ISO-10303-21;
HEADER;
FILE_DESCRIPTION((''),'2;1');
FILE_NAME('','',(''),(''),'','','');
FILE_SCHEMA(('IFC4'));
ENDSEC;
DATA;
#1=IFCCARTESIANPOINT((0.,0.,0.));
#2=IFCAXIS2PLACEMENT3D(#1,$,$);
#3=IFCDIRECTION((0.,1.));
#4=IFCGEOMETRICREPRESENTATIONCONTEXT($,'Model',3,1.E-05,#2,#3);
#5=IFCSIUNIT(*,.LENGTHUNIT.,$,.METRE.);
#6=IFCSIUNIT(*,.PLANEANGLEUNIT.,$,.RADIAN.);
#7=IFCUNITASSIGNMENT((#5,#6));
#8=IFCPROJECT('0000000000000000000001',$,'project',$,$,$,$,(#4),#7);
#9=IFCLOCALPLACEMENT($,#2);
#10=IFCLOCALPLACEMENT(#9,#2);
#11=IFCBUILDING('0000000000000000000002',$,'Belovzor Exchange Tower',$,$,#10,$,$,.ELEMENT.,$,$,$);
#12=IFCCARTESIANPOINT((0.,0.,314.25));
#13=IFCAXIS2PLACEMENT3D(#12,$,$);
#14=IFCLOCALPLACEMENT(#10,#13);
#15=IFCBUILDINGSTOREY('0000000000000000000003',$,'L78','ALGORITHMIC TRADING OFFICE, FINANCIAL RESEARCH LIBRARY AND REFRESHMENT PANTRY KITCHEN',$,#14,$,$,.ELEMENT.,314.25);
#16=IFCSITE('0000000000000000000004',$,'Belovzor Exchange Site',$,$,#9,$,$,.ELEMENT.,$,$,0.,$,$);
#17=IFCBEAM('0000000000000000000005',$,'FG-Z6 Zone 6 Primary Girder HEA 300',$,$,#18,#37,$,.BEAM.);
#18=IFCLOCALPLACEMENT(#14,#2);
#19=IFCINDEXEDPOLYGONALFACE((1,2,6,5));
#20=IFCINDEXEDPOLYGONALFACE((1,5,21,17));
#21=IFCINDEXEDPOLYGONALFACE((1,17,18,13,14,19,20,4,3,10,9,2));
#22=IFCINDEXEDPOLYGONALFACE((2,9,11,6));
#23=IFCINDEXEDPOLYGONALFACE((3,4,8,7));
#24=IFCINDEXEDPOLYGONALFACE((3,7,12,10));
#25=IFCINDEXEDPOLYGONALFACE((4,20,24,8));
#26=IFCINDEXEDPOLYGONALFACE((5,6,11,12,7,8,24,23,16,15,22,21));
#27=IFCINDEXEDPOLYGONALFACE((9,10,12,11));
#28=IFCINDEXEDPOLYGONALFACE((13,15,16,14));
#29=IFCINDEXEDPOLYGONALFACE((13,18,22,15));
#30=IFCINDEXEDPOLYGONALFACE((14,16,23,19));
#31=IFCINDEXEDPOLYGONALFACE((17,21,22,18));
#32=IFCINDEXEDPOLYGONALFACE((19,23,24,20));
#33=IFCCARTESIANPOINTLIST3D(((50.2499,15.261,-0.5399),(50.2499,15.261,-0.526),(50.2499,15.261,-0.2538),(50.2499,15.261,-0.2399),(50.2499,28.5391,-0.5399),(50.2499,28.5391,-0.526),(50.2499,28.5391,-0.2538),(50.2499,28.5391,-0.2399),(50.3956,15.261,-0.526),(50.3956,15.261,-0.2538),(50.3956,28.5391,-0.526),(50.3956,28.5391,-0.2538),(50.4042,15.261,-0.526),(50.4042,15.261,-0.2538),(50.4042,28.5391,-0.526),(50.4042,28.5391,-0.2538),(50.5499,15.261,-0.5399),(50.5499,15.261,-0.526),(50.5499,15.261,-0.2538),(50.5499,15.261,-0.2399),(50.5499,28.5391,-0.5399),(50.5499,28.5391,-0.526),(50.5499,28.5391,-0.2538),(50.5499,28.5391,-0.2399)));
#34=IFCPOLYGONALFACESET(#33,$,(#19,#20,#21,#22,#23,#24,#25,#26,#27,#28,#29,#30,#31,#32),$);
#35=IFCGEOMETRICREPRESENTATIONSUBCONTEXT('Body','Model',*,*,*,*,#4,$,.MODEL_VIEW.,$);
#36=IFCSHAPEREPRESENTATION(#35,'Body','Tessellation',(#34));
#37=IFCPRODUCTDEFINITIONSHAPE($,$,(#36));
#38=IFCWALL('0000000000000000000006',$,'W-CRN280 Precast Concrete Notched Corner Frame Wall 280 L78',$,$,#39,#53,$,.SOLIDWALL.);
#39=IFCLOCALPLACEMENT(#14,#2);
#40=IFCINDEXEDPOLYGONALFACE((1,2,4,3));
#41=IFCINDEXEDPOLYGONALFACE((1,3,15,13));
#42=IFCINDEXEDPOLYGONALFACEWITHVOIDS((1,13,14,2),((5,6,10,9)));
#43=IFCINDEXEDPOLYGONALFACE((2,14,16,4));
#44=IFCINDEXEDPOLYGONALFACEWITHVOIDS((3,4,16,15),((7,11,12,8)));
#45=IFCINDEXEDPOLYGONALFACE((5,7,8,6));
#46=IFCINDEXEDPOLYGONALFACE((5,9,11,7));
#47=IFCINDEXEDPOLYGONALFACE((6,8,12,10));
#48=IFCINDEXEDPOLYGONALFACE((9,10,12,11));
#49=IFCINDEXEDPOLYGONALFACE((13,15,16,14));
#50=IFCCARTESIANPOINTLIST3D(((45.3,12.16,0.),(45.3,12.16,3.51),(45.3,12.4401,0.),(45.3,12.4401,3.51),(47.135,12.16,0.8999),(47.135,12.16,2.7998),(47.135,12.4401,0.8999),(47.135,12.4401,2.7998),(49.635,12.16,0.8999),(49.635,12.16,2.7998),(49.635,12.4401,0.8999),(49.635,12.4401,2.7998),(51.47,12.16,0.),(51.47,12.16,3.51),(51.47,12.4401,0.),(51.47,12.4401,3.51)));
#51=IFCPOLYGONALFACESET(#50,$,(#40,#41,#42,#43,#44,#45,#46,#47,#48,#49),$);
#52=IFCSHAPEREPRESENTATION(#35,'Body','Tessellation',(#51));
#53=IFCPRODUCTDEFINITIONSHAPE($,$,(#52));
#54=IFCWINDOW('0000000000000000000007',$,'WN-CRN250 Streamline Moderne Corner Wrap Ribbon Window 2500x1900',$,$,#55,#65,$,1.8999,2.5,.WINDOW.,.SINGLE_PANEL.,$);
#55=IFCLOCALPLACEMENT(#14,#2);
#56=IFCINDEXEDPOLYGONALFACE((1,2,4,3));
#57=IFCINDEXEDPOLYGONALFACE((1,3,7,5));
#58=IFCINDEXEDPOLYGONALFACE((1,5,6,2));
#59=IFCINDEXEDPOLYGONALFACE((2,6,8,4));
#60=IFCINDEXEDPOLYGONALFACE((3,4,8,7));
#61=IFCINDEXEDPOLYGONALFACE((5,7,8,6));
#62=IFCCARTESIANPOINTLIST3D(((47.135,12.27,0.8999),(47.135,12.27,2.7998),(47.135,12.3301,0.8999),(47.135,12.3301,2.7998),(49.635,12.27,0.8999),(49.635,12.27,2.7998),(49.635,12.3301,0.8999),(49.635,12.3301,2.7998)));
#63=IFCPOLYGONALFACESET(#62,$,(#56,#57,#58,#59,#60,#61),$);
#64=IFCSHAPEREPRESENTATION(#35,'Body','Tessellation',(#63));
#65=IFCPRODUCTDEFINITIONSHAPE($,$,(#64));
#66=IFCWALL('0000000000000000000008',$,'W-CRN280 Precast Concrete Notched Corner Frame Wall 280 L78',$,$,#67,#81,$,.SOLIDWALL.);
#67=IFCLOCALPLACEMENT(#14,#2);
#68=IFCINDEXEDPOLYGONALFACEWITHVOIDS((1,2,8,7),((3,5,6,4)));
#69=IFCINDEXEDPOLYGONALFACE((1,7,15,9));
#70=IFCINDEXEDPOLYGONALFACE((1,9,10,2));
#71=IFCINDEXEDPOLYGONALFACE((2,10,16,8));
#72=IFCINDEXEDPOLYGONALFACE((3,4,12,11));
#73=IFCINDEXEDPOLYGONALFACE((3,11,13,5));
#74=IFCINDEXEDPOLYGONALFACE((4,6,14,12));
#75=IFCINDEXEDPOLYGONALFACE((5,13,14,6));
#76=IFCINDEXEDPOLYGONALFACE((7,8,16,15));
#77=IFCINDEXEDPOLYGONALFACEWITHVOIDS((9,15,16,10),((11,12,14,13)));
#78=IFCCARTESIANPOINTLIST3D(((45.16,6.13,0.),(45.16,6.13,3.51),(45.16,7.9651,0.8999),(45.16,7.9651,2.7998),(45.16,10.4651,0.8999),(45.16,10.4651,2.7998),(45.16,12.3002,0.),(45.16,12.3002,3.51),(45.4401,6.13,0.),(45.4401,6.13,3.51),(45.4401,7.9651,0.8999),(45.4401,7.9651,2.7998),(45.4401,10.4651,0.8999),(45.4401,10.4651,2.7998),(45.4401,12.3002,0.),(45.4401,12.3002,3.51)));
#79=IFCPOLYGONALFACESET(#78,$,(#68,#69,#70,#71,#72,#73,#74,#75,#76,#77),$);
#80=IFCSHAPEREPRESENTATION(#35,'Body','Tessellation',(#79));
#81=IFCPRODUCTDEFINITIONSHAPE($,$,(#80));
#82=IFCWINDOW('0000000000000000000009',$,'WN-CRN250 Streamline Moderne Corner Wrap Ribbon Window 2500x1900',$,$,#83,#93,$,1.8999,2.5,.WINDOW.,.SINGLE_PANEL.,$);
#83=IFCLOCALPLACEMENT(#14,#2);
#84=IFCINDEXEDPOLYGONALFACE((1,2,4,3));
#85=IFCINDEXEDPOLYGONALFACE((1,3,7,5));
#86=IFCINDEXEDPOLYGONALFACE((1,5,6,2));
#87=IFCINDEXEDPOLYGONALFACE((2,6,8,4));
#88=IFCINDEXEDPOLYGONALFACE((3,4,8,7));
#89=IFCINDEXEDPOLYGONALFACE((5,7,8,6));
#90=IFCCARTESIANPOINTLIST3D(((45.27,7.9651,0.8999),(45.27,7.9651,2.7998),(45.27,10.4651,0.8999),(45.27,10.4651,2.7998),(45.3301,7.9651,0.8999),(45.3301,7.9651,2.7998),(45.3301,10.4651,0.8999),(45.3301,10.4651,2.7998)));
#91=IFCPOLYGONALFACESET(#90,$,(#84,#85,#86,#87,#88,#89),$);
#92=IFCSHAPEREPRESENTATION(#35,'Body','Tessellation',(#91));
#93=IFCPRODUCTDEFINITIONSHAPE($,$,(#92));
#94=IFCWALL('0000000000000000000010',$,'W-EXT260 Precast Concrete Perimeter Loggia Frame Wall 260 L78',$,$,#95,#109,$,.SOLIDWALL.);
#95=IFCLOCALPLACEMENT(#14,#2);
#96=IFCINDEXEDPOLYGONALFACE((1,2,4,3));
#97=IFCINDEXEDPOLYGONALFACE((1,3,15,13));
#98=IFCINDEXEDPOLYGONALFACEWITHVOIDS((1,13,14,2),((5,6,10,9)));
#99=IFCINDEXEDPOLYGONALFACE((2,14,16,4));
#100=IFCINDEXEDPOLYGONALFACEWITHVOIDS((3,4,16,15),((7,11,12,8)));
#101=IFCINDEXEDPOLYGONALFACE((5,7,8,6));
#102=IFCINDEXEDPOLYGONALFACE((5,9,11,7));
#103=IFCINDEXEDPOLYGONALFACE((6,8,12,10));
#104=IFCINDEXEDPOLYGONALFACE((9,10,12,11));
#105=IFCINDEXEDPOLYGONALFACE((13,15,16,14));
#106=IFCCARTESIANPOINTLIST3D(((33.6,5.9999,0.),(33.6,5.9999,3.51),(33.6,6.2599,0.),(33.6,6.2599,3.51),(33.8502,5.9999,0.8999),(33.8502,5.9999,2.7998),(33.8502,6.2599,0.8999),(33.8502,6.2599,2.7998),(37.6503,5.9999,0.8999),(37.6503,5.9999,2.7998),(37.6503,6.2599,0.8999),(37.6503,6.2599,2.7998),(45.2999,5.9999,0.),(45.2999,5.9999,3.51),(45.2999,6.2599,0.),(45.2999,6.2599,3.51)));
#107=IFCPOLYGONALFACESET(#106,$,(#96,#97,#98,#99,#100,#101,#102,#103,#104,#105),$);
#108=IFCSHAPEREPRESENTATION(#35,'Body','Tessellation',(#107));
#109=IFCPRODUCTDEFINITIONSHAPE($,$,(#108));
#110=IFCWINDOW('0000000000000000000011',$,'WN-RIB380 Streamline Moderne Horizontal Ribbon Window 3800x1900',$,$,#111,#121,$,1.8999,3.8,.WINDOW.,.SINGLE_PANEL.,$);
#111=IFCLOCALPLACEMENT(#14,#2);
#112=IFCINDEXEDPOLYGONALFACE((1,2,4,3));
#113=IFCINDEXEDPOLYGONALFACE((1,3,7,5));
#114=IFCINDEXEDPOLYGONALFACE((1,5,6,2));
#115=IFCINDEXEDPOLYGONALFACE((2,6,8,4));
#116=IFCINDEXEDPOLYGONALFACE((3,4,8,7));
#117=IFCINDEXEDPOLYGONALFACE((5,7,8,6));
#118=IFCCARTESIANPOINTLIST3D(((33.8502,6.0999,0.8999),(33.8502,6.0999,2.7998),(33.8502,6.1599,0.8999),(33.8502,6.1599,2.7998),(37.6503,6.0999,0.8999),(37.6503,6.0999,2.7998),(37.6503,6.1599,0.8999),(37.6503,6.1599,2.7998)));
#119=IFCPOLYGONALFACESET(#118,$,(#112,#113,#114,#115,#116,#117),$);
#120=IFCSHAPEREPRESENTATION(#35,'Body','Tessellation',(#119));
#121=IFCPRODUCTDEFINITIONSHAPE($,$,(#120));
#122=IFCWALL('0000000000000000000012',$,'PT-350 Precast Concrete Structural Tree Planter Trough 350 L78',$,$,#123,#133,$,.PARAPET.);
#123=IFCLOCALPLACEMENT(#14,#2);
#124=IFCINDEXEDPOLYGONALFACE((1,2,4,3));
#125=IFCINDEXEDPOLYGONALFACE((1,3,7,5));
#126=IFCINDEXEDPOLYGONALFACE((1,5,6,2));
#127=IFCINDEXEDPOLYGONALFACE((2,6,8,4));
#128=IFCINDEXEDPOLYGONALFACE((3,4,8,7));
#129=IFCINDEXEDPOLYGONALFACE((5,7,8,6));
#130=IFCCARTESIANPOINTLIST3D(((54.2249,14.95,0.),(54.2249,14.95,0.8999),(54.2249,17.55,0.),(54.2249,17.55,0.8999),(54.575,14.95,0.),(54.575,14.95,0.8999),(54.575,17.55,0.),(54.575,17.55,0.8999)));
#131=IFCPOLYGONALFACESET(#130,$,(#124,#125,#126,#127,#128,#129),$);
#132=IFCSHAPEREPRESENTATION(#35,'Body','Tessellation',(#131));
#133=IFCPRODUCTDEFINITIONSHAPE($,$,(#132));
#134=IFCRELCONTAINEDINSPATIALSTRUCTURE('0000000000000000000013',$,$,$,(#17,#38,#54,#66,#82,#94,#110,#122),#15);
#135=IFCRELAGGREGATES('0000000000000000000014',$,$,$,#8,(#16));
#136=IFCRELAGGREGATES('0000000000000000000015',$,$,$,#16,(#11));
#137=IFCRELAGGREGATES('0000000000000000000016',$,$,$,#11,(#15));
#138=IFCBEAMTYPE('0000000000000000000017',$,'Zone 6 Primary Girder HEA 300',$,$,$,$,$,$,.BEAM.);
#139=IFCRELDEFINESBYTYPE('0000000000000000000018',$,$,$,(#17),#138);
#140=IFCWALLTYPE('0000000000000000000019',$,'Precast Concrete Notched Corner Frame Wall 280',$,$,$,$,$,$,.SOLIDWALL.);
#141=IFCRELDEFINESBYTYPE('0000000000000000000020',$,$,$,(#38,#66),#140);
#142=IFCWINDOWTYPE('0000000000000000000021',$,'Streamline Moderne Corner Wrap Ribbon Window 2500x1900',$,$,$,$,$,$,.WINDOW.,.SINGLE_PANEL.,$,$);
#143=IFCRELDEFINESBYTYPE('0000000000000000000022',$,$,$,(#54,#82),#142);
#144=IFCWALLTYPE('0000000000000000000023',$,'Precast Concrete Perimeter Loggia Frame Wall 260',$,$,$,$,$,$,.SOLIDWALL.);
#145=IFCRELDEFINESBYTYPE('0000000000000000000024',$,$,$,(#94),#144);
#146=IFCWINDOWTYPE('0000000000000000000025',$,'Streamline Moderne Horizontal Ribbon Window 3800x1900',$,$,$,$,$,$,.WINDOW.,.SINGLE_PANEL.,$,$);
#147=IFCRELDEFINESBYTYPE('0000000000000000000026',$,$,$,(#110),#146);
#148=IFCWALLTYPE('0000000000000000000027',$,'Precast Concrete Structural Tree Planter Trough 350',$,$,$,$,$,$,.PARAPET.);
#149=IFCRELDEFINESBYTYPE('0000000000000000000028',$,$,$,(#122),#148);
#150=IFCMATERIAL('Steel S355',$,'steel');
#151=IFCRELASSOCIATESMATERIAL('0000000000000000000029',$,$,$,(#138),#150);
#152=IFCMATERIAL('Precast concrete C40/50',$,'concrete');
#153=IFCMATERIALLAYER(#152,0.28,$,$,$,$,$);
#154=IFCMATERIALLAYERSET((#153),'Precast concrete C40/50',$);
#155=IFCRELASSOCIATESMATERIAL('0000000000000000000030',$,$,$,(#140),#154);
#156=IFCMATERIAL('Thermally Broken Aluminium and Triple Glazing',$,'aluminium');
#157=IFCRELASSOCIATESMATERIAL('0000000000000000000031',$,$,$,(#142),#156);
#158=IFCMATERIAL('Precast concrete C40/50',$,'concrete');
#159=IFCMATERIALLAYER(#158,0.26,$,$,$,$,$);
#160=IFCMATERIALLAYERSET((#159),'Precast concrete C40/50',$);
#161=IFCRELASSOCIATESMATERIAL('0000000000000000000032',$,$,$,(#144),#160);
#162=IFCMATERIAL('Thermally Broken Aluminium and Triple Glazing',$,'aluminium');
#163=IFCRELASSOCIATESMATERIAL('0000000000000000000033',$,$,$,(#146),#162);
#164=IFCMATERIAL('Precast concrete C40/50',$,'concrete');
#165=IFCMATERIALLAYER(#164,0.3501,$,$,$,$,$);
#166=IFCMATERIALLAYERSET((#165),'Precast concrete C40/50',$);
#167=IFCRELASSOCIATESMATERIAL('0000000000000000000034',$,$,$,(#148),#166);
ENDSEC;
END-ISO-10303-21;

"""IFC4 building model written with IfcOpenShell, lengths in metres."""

from ifc_helpers import new_model, si_unit, direction, frame, frame_2d, origin, origin_2d, place, context, subcontext, project, spatial, rectangle, i_section, extrude, material, layer, layer_set, material_profile, profile_set, type_object, element, fill, save


model = new_model("IFC4")

# Units and contexts
model_context = context("Model", 3, precision=1e-05, world=origin(), true_north=direction((0.0, 1.0)))
body_context = subcontext(model_context, "Body", "Model", "MODEL_VIEW")
ifc_project = project(units=[si_unit("LENGTHUNIT", "METRE"), si_unit("PLANEANGLEUNIT", "RADIAN")], contexts=[model_context])

# Site, building, storey
site_placement = place(None, origin())
site = spatial("IfcSite", under=ifc_project, at=site_placement, Name="Belovzor Exchange Site", CompositionType="ELEMENT", RefElevation=0.0)
building_placement = place(site_placement, origin())
building = spatial("IfcBuilding", under=site, at=building_placement, Name="Belovzor Exchange Tower", CompositionType="ELEMENT")
storey_placement = place(building_placement, frame((0.0, 0.0, 314.25)))
storey = spatial("IfcBuildingStorey", under=building, at=storey_placement, Name="L78", Description="ALGORITHMIC TRADING OFFICE, FINANCIAL RESEARCH LIBRARY AND REFRESHMENT PANTRY KITCHEN", CompositionType="ELEMENT", Elevation=314.25)

# Beam
ifc_material_1 = material(Name="Steel S355", Category="steel")
ifc_material_profile_1 = material_profile(ifc_material_1, i_section(OverallWidth=0.3, OverallDepth=0.3, WebThickness=0.0085, FlangeThickness=0.0139, at=origin_2d()))
ifc_profile_set_1 = profile_set([ifc_material_profile_1], Name="Steel S355")
beam_type_1 = type_object("IfcBeamType", Name="Zone 6 Primary Girder HEA 300", PredefinedType="BEAM", material=ifc_profile_set_1)
beam_1_placement = place(storey_placement, frame((50.3999, 15.261, -0.3899), z_axis=(0.0, 1.0, 0.0), x_axis=(-1.0, 0.0, 0.0)))
element("IfcBeam", 1, at=beam_1_placement, inside=storey, type_object=beam_type_1, Name="FG-Z6 Zone 6 Primary Girder HEA 300", PredefinedType="BEAM", context=body_context, shape_type="SweptSolid", body=[
    extrude(i_section(OverallWidth=0.3, OverallDepth=0.3, WebThickness=0.0085, FlangeThickness=0.0139, at=origin_2d()), origin(), (0.0, 0.0, 1.0), 13.2781),
])

# Walls, openings, windows
ifc_material_2 = material(Name="Precast concrete C40/50", Category="concrete")
ifc_layer_1 = layer(ifc_material_2, 0.28)
ifc_layer_set_1 = layer_set([ifc_layer_1], Name="Precast concrete C40/50")
wall_type_1 = type_object("IfcWallType", Name="Precast Concrete Notched Corner Frame Wall 280", PredefinedType="SOLIDWALL", material=ifc_layer_set_1)
wall_1_placement = place(storey_placement, frame((51.47, 12.3, 0.0), z_axis=(0.0, 0.0, 1.0), x_axis=(-1.0, 0.0, 0.0)))
wall_1 = element("IfcWall", 2, at=wall_1_placement, inside=storey, type_object=wall_type_1, Name="W-CRN280 Precast Concrete Notched Corner Frame Wall 280 L78", PredefinedType="SOLIDWALL", context=body_context, shape_type="SweptSolid", body=[
    extrude(rectangle(XDim=6.1699, YDim=0.28, at=frame_2d((3.085, 0.0))), origin(), (0.0, 0.0, 1.0), 3.51),
])
opening_1_placement = place(wall_1_placement, frame((1.835, 0.0, 0.8999)))
opening_1 = element("IfcOpeningElement", 3, at=opening_1_placement, cuts=wall_1, PredefinedType="OPENING", context=body_context, shape_type="SweptSolid", body=[
    extrude(rectangle(XDim=2.5, YDim=1.8999, at=frame_2d((1.25, 0.95))), frame((0.0, 0.1499, 0.0), z_axis=(0.0, -1.0, 0.0), x_axis=(1.0, 0.0, 0.0)), (0.0, 0.0, 1.0), 0.3),
])
ifc_material_3 = material(Name="Thermally Broken Aluminium and Triple Glazing", Category="aluminium")
window_type_1 = type_object("IfcWindowType", Name="Streamline Moderne Corner Wrap Ribbon Window 2500x1900", PartitioningType="SINGLE_PANEL", PredefinedType="WINDOW", material=ifc_material_3)
window_1_placement = place(opening_1_placement, origin())
window_1 = element("IfcWindow", 4, at=window_1_placement, inside=storey, type_object=window_type_1, Name="WN-CRN250 Streamline Moderne Corner Wrap Ribbon Window 2500x1900", OverallHeight=1.8999, OverallWidth=2.5, PartitioningType="SINGLE_PANEL", PredefinedType="WINDOW", context=body_context, shape_type="SweptSolid", body=[
    extrude(rectangle(XDim=2.5, YDim=1.8999, at=frame_2d((1.25, 0.95))), frame((0.0, 0.03, 0.0), z_axis=(0.0, -1.0, 0.0), x_axis=(1.0, 0.0, 0.0)), (0.0, 0.0, 1.0), 0.0601),
])
fill(opening_1, window_1)
wall_2_placement = place(storey_placement, frame((45.3, 12.3, 0.0), z_axis=(0.0, 0.0, 1.0), x_axis=(0.0, -1.0, 0.0)))
wall_2 = element("IfcWall", 5, at=wall_2_placement, inside=storey, type_object=wall_type_1, Name="W-CRN280 Precast Concrete Notched Corner Frame Wall 280 L78", PredefinedType="SOLIDWALL", context=body_context, shape_type="SweptSolid", body=[
    extrude(rectangle(XDim=6.1702, YDim=0.28, at=frame_2d((3.085, 0.0))), origin(), (0.0, 0.0, 1.0), 3.51),
])
opening_2_placement = place(wall_2_placement, frame((1.835, 0.0, 0.8999)))
opening_2 = element("IfcOpeningElement", 6, at=opening_2_placement, cuts=wall_2, PredefinedType="OPENING", context=body_context, shape_type="SweptSolid", body=[
    extrude(rectangle(XDim=2.5, YDim=1.8999, at=frame_2d((1.25, 0.95))), frame((0.0, 0.1499, 0.0), z_axis=(0.0, -1.0, 0.0), x_axis=(1.0, 0.0, 0.0)), (0.0, 0.0, 1.0), 0.3),
])
window_2_placement = place(opening_2_placement, origin())
window_2 = element("IfcWindow", 7, at=window_2_placement, inside=storey, type_object=window_type_1, Name="WN-CRN250 Streamline Moderne Corner Wrap Ribbon Window 2500x1900", OverallHeight=1.8999, OverallWidth=2.5, PartitioningType="SINGLE_PANEL", PredefinedType="WINDOW", context=body_context, shape_type="SweptSolid", body=[
    extrude(rectangle(XDim=2.5, YDim=1.8999, at=frame_2d((1.25, 0.95))), frame((0.0, 0.03, 0.0), z_axis=(0.0, -1.0, 0.0), x_axis=(1.0, 0.0, 0.0)), (0.0, 0.0, 1.0), 0.0601),
])
fill(opening_2, window_2)
ifc_material_4 = material(Name="Precast concrete C40/50", Category="concrete")
ifc_layer_2 = layer(ifc_material_4, 0.26)
ifc_layer_set_2 = layer_set([ifc_layer_2], Name="Precast concrete C40/50")
wall_type_2 = type_object("IfcWallType", Name="Precast Concrete Perimeter Loggia Frame Wall 260", PredefinedType="SOLIDWALL", material=ifc_layer_set_2)
wall_3_placement = place(storey_placement, frame((45.3, 6.1299, 0.0), z_axis=(0.0, 0.0, 1.0), x_axis=(-1.0, 0.0, 0.0)))
wall_3 = element("IfcWall", 8, at=wall_3_placement, inside=storey, type_object=wall_type_2, Name="W-EXT260 Precast Concrete Perimeter Loggia Frame Wall 260 L78", PredefinedType="SOLIDWALL", context=body_context, shape_type="SweptSolid", body=[
    extrude(rectangle(XDim=11.7, YDim=0.26, at=frame_2d((5.8501, 0.0))), origin(), (0.0, 0.0, 1.0), 3.51),
])
opening_3_placement = place(wall_3_placement, frame((7.6499, 0.0, 0.8999)))
opening_3 = element("IfcOpeningElement", 9, at=opening_3_placement, cuts=wall_3, PredefinedType="OPENING", context=body_context, shape_type="SweptSolid", body=[
    extrude(rectangle(XDim=3.8, YDim=1.8999, at=frame_2d((1.8999, 0.95))), frame((0.0, 0.1399, 0.0), z_axis=(0.0, -1.0, 0.0), x_axis=(1.0, 0.0, 0.0)), (0.0, 0.0, 1.0), 0.28),
])
ifc_material_5 = material(Name="Thermally Broken Aluminium and Triple Glazing", Category="aluminium")
window_type_2 = type_object("IfcWindowType", Name="Streamline Moderne Horizontal Ribbon Window 3800x1900", PartitioningType="SINGLE_PANEL", PredefinedType="WINDOW", material=ifc_material_5)
window_3_placement = place(opening_3_placement, origin())
window_3 = element("IfcWindow", 10, at=window_3_placement, inside=storey, type_object=window_type_2, Name="WN-RIB380 Streamline Moderne Horizontal Ribbon Window 3800x1900", OverallHeight=1.8999, OverallWidth=3.8, PartitioningType="SINGLE_PANEL", PredefinedType="WINDOW", context=body_context, shape_type="SweptSolid", body=[
    extrude(rectangle(XDim=3.8, YDim=1.8999, at=frame_2d((1.8999, 0.95))), frame((0.0, 0.03, 0.0), z_axis=(0.0, -1.0, 0.0), x_axis=(1.0, 0.0, 0.0)), (0.0, 0.0, 1.0), 0.0601),
])
fill(opening_3, window_3)

# Wall
ifc_material_6 = material(Name="Precast concrete C40/50", Category="concrete")
ifc_layer_3 = layer(ifc_material_6, 0.3501)
ifc_layer_set_3 = layer_set([ifc_layer_3], Name="Precast concrete C40/50")
wall_type_3 = type_object("IfcWallType", Name="Precast Concrete Structural Tree Planter Trough 350", PredefinedType="PARAPET", material=ifc_layer_set_3)
wall_4_placement = place(storey_placement, frame((54.3999, 14.95, 0.0), z_axis=(0.0, 0.0, 1.0), x_axis=(0.0, 1.0, 0.0)))
element("IfcWall", 11, at=wall_4_placement, inside=storey, type_object=wall_type_3, Name="PT-350 Precast Concrete Structural Tree Planter Trough 350 L78", PredefinedType="PARAPET", context=body_context, shape_type="SweptSolid", body=[
    extrude(rectangle(XDim=2.6001, YDim=0.3501, at=frame_2d((1.3, 0.0))), origin(), (0.0, 0.0, 1.0), 0.8999),
])

save(model, "model.ifc")
